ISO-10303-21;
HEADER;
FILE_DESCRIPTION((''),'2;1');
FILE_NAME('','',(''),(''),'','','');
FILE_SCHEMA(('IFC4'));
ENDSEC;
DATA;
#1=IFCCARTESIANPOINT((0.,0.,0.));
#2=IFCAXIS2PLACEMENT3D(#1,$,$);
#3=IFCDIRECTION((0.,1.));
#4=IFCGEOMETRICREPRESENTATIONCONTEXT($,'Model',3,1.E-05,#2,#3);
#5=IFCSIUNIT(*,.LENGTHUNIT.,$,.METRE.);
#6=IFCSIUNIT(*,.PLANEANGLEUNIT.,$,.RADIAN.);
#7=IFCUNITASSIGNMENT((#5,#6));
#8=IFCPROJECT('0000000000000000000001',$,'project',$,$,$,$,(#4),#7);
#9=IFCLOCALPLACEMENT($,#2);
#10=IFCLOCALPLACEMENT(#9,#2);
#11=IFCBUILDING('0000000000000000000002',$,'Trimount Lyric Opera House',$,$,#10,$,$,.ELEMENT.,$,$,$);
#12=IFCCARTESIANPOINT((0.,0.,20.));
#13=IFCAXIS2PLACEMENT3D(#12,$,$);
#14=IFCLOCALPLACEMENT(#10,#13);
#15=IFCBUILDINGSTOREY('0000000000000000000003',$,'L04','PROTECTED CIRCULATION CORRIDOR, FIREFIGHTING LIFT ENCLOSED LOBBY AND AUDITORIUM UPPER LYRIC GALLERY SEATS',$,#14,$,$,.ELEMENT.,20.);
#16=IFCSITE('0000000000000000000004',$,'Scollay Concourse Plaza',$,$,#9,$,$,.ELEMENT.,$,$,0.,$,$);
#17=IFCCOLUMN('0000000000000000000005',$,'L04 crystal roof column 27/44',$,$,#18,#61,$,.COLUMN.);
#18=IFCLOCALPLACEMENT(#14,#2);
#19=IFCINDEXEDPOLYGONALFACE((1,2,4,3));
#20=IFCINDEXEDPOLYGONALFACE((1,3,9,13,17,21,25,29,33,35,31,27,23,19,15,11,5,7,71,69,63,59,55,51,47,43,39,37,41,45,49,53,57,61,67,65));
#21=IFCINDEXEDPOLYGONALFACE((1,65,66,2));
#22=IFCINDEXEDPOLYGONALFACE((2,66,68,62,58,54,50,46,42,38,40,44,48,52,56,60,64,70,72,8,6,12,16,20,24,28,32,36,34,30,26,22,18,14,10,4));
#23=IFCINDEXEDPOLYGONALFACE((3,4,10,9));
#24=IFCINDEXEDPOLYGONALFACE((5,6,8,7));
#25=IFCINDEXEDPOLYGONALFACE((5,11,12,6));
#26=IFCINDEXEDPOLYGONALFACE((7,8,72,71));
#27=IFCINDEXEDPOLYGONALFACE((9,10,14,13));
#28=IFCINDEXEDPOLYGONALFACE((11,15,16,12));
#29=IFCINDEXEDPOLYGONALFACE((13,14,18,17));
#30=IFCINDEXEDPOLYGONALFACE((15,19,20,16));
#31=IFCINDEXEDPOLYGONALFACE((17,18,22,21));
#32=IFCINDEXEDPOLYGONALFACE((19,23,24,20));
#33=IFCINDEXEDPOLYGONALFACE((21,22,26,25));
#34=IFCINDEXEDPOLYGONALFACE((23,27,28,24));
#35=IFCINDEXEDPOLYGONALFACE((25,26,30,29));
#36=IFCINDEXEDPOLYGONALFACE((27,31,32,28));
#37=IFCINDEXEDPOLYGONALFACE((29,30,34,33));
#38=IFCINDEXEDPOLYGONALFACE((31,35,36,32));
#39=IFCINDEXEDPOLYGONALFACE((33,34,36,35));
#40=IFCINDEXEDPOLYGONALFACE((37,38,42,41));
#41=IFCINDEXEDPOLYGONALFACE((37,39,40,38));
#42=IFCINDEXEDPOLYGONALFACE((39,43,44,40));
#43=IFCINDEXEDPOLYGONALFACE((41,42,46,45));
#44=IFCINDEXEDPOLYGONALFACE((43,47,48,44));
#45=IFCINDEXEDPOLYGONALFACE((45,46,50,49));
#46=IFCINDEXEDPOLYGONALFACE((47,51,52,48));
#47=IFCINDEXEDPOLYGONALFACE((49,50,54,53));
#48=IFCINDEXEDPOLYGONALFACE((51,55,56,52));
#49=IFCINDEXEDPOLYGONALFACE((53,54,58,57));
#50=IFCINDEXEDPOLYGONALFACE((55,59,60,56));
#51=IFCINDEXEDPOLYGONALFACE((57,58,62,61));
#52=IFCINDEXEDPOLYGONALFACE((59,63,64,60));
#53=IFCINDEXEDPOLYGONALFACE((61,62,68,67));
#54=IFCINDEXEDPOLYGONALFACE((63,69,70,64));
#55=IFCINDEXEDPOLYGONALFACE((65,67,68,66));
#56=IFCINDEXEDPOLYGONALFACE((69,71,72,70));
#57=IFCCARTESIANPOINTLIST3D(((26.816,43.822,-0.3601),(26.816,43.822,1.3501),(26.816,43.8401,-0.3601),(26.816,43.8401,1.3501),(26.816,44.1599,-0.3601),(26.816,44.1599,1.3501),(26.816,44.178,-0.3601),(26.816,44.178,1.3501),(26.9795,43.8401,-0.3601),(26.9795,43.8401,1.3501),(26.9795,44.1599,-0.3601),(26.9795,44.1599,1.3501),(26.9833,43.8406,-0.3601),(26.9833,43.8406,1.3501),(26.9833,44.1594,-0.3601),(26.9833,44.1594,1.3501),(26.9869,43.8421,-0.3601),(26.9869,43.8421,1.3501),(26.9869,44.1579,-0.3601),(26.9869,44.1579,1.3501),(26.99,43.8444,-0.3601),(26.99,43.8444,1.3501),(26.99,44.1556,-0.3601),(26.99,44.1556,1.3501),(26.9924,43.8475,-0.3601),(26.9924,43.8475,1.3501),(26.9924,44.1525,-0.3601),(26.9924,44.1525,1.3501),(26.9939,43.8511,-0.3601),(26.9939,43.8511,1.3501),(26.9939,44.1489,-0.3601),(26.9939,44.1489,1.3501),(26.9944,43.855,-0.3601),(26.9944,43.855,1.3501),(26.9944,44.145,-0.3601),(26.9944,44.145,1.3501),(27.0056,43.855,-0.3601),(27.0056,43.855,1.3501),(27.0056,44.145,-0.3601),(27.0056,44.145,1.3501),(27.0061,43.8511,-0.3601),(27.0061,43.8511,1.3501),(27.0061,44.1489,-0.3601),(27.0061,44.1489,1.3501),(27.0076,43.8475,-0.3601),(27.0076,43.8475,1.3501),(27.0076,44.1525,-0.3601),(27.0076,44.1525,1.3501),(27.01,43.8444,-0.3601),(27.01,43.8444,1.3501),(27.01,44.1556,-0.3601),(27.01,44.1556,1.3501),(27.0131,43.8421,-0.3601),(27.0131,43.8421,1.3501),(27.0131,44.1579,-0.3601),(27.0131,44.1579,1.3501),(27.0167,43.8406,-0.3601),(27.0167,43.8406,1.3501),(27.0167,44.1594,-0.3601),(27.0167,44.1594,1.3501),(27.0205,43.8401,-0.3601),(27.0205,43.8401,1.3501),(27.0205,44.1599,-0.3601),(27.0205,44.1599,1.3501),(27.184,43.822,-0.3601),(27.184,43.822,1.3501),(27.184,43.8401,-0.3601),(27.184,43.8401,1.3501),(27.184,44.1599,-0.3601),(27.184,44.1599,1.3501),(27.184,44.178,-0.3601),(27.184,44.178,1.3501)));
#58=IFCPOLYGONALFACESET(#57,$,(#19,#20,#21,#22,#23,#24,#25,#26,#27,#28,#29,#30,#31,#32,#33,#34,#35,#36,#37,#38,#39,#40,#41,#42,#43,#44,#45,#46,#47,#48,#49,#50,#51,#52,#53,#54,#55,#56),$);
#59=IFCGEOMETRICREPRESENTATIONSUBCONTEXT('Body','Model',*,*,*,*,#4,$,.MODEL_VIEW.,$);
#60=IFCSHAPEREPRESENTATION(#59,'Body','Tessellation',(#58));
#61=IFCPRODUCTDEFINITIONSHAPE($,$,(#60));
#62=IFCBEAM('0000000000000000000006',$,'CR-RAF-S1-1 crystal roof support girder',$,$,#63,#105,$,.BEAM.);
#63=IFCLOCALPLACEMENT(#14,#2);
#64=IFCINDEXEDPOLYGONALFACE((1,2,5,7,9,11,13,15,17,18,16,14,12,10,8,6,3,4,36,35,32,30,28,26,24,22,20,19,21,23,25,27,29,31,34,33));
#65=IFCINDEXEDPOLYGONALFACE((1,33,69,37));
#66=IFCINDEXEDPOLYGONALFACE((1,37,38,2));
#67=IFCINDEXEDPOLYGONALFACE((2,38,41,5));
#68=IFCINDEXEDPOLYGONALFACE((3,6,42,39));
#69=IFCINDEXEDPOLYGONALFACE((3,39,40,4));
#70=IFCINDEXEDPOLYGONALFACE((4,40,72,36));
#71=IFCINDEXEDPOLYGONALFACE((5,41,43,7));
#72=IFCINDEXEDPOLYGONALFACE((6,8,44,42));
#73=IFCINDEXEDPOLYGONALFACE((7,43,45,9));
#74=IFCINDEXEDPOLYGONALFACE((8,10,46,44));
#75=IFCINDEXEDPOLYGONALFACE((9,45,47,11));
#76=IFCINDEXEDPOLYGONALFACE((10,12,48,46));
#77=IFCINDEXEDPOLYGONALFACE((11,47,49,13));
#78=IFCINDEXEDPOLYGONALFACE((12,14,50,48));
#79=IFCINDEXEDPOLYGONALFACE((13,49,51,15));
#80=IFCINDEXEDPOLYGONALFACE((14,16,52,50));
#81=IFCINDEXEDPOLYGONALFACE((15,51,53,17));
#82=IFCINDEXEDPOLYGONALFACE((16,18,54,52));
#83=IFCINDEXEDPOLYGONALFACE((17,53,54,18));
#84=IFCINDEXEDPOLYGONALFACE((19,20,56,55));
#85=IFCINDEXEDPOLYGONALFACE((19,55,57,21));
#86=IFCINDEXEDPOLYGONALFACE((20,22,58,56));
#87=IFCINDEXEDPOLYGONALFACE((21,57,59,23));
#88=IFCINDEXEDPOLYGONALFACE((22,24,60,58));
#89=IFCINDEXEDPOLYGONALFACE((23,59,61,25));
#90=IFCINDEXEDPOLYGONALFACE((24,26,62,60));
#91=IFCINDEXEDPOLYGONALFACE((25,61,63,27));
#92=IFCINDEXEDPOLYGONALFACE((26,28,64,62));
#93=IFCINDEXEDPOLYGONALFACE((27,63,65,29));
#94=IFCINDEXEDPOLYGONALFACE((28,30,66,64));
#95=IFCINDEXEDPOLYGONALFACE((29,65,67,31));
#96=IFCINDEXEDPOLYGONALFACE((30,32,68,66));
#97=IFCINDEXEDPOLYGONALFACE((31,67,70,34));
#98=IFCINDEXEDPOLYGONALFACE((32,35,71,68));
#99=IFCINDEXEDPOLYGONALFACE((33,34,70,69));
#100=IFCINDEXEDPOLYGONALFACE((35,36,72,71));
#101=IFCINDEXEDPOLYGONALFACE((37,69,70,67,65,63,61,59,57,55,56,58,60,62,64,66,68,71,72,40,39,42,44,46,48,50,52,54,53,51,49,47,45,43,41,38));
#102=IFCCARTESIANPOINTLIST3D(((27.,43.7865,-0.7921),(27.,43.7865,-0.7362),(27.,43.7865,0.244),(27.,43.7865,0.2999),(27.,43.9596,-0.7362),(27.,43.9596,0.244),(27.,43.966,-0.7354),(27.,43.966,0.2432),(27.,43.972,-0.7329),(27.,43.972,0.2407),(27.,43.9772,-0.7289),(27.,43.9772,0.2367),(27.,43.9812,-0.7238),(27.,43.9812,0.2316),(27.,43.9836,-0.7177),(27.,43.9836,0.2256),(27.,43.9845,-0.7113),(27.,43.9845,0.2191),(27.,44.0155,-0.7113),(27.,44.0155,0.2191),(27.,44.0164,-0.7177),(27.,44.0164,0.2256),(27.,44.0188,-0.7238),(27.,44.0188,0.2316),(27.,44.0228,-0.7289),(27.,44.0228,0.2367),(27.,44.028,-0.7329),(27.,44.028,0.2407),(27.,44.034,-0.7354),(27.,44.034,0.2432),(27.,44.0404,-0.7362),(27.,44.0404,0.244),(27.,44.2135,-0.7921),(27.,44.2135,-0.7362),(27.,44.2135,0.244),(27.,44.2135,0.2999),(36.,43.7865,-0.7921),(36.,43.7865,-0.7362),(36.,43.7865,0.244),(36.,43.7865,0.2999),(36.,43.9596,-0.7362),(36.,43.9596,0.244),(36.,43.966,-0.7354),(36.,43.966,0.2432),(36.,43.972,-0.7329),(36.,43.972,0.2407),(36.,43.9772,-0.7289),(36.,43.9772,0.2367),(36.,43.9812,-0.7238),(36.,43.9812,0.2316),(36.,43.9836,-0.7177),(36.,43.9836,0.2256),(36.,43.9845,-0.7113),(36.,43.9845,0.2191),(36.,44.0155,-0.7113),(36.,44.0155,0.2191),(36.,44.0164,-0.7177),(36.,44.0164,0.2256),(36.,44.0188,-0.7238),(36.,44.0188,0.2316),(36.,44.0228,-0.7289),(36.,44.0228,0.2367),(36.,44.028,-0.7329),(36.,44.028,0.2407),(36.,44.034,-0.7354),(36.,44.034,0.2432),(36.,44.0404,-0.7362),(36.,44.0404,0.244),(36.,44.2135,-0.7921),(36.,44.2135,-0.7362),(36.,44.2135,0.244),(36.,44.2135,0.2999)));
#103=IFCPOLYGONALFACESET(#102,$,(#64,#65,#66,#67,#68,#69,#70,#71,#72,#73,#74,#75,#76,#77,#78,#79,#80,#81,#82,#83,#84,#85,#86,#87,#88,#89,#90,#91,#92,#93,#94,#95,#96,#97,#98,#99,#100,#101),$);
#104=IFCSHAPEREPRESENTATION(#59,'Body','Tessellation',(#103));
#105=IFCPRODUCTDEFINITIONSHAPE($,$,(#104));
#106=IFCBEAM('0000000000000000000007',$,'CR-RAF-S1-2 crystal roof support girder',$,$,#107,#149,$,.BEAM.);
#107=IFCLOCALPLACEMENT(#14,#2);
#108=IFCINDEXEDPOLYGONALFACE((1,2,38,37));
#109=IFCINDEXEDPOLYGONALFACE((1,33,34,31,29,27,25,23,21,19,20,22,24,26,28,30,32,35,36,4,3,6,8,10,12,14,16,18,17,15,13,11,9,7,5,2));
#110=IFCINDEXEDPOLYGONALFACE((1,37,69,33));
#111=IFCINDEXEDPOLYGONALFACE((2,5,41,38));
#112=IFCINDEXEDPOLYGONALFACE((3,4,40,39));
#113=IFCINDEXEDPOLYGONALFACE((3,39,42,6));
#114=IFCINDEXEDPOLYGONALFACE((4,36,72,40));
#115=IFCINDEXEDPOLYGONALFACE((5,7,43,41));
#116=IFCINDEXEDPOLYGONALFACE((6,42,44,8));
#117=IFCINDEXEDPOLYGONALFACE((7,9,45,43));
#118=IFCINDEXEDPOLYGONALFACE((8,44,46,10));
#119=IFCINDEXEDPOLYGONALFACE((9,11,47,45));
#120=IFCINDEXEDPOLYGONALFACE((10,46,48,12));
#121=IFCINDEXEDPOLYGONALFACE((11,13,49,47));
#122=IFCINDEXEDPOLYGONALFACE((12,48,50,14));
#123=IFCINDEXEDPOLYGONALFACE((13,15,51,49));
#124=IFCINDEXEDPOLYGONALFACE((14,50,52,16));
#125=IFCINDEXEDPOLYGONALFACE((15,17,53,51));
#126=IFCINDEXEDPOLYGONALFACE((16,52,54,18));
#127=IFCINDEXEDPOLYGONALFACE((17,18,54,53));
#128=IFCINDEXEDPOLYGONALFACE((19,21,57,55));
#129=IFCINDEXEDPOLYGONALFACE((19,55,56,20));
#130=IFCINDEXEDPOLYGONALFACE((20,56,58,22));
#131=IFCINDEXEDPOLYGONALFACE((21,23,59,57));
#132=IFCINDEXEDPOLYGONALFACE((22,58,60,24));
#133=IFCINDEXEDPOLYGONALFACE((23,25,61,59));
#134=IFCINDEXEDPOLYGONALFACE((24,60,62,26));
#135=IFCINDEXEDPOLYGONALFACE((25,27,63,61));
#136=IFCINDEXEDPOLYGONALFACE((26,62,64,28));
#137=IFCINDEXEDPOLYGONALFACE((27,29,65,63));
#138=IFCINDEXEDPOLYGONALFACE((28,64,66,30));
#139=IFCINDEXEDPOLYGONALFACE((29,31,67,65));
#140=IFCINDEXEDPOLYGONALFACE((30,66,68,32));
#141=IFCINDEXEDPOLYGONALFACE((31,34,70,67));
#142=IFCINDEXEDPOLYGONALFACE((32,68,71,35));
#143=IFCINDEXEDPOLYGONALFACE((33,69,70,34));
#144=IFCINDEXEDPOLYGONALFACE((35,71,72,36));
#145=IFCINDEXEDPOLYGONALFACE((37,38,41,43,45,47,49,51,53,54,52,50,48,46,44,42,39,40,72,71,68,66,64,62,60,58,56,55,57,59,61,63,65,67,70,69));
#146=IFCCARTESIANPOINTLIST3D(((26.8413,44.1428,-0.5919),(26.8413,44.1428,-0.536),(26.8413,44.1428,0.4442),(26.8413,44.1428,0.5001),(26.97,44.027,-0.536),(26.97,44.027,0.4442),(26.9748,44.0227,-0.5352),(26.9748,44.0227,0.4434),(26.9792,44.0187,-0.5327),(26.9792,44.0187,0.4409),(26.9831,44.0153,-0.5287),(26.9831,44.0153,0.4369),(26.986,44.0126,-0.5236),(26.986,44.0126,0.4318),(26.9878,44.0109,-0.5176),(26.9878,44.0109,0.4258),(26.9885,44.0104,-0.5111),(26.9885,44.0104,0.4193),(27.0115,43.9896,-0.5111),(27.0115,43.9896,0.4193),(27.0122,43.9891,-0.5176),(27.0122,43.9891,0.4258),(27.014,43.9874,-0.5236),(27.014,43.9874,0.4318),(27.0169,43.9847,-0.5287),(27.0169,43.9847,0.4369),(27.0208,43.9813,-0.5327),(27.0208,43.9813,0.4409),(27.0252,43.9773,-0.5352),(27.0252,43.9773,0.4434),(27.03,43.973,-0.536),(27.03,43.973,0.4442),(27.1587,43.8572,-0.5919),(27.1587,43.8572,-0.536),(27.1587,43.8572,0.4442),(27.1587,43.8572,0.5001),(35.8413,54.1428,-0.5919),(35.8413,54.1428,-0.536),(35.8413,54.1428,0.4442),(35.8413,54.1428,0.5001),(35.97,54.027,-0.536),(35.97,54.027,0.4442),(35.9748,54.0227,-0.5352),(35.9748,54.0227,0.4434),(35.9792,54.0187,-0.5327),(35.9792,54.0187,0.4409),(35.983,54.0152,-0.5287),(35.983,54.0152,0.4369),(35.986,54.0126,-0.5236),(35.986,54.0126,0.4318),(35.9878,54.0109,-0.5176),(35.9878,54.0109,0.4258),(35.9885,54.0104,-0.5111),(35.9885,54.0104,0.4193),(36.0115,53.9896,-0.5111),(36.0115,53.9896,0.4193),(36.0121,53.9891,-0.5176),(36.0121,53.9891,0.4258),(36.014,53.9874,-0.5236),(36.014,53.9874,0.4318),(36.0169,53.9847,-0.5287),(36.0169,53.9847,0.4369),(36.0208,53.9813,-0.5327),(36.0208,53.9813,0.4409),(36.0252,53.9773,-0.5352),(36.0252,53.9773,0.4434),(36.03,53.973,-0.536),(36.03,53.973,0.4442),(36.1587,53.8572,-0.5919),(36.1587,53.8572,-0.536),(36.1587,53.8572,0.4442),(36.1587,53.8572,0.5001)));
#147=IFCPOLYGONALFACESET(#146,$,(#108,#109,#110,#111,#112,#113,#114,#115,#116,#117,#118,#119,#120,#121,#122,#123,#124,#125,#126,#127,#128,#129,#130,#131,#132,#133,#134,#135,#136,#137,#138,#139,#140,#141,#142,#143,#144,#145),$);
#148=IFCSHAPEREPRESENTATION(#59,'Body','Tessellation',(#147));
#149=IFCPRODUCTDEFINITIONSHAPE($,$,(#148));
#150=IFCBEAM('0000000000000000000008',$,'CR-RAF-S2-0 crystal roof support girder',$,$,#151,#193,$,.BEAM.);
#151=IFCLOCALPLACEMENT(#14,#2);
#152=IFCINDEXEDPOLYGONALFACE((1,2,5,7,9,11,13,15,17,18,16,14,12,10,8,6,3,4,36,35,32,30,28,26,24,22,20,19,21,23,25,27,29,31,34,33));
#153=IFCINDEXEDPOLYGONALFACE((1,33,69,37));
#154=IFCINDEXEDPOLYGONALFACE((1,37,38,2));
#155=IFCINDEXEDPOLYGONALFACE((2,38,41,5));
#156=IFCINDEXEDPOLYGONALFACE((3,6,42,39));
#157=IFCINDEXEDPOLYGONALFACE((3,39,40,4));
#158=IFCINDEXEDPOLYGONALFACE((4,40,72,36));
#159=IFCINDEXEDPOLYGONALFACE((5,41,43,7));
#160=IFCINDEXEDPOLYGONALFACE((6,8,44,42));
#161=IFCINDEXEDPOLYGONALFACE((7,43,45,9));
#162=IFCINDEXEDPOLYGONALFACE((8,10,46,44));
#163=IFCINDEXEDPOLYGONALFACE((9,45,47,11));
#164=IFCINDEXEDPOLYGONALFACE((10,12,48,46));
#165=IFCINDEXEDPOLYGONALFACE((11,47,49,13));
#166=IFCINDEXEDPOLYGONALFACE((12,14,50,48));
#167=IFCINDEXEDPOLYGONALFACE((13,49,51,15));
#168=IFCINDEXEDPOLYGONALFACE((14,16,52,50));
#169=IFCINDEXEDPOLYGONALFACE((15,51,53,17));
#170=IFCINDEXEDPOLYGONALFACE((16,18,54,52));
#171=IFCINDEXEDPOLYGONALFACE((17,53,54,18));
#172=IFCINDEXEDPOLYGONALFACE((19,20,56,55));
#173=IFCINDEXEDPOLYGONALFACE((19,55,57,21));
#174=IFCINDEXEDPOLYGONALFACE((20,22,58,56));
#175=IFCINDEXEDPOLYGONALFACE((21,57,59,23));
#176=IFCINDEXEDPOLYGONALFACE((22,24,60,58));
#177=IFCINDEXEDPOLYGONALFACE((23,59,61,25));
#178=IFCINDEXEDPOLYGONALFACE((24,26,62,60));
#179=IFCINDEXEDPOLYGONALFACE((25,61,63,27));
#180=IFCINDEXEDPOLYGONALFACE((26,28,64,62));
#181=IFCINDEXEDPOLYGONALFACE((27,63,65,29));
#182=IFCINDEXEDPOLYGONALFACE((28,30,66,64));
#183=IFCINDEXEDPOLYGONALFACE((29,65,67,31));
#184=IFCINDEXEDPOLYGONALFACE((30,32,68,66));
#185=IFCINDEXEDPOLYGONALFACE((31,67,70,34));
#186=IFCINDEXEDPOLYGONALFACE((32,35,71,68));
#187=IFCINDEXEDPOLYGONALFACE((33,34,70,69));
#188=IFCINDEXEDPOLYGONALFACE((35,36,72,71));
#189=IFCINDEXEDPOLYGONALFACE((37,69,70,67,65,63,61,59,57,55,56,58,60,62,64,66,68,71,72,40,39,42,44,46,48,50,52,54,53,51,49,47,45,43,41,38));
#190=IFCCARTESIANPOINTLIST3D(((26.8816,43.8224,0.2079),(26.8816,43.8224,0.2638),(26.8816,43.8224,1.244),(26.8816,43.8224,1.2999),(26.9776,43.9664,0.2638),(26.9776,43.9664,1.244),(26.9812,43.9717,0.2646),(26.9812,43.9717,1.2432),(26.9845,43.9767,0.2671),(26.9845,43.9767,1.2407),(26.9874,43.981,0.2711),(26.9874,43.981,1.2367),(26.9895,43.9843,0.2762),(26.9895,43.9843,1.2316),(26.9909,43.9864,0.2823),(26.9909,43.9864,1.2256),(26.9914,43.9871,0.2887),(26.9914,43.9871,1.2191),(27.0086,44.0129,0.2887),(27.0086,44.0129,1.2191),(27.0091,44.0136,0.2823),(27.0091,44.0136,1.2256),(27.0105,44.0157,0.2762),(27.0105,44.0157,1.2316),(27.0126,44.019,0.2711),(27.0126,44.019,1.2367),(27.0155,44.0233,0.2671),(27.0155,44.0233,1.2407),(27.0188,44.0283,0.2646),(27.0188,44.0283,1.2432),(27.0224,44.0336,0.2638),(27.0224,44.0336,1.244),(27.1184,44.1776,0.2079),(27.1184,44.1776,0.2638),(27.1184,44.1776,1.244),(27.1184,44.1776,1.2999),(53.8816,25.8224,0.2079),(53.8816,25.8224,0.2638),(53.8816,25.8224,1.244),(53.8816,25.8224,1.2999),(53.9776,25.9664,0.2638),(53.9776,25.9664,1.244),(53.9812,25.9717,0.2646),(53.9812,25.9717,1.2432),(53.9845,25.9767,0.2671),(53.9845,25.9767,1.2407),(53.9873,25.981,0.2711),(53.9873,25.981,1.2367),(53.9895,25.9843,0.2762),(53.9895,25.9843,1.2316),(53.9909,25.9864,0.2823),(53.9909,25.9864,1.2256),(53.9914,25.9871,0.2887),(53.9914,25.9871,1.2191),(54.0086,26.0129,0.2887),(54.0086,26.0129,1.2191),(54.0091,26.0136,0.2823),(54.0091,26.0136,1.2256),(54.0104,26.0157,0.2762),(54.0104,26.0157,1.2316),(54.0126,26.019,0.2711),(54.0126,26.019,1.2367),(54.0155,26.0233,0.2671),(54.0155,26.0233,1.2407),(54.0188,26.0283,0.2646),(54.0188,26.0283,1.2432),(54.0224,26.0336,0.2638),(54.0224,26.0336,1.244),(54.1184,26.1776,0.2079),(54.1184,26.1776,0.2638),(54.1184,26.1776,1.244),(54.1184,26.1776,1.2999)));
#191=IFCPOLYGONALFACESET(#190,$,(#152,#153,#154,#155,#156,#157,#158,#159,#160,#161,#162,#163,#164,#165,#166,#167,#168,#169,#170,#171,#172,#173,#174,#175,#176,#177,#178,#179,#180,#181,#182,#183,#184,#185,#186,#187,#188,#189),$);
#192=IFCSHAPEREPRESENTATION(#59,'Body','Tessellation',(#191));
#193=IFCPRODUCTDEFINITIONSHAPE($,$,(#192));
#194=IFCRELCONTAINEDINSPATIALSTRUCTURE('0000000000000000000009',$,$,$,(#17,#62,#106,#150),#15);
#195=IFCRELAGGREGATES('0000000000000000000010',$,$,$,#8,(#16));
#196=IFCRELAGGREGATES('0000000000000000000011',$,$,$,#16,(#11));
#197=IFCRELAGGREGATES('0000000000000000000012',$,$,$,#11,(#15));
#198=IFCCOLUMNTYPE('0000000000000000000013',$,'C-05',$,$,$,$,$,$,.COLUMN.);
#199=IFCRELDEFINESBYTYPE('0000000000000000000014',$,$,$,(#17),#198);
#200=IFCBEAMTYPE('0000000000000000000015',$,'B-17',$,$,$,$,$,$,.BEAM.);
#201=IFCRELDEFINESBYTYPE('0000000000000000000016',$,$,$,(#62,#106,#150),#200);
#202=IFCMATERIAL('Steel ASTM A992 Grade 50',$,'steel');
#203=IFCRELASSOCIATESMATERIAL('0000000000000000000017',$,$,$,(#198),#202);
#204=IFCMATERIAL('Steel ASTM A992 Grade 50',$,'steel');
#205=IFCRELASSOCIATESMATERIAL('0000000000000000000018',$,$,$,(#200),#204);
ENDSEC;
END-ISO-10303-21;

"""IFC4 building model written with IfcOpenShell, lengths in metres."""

from ifc_helpers import new_model, si_unit, direction, frame, origin, origin_2d, place, context, subcontext, project, spatial, i_section, extrude, material, material_profile, profile_set, type_object, element, save


model = new_model("IFC4")

# Units and contexts
model_context = context("Model", 3, precision=1e-05, world=origin(), true_north=direction((0.0, 1.0)))
body_context = subcontext(model_context, "Body", "Model", "MODEL_VIEW")
ifc_project = project(units=[si_unit("LENGTHUNIT", "METRE"), si_unit("PLANEANGLEUNIT", "RADIAN")], contexts=[model_context])

# Site, building, storey
site_placement = place(None, origin())
site = spatial("IfcSite", under=ifc_project, at=site_placement, Name="Scollay Concourse Plaza", CompositionType="ELEMENT", RefElevation=0.0)
building_placement = place(site_placement, origin())
building = spatial("IfcBuilding", under=site, at=building_placement, Name="Trimount Lyric Opera House", CompositionType="ELEMENT")
storey_placement = place(building_placement, frame((0.0, 0.0, 20.0)))
storey = spatial("IfcBuildingStorey", under=building, at=storey_placement, Name="L04", Description="PROTECTED CIRCULATION CORRIDOR, FIREFIGHTING LIFT ENCLOSED LOBBY AND AUDITORIUM UPPER LYRIC GALLERY SEATS", CompositionType="ELEMENT", Elevation=20.0)

# Column
ifc_material_1 = material(Name="Steel ASTM A992 Grade 50", Category="steel")
ifc_material_profile_1 = material_profile(ifc_material_1, i_section(OverallWidth=0.3679, OverallDepth=0.356, WebThickness=0.0112, FlangeThickness=0.0181, FilletRadius=0.0149, at=origin_2d()), Name="W14X90")
ifc_profile_set_1 = profile_set([ifc_material_profile_1], Name="Steel ASTM A992 Grade 50")
column_type = type_object("IfcColumnType", Name="C-05", PredefinedType="COLUMN", material=ifc_profile_set_1)
column_placement = place(storey_placement, frame((27.0, 44.0, -0.3601), z_axis=(0.0, 0.0, 1.0), x_axis=(1.0, 0.0, 0.0)))
element("IfcColumn", 1, at=column_placement, inside=storey, type_object=column_type, Name="L04 crystal roof column 27/44", PredefinedType="COLUMN", context=body_context, shape_type="SweptSolid", body=[
    extrude(i_section(OverallWidth=0.3679, OverallDepth=0.356, WebThickness=0.0112, FlangeThickness=0.0181, FilletRadius=0.0149, at=origin_2d()), origin(), (0.0, 0.0, 1.0), 1.7102),
])

# Beams
ifc_material_2 = material(Name="Steel ASTM A992 Grade 50", Category="steel")
ifc_material_profile_2 = material_profile(ifc_material_2, i_section(OverallWidth=0.427, OverallDepth=1.092, WebThickness=0.031, FlangeThickness=0.0559, FilletRadius=0.0249, at=origin_2d()), Name="W40X397")
ifc_profile_set_2 = profile_set([ifc_material_profile_2], Name="Steel ASTM A992 Grade 50")
beam_type = type_object("IfcBeamType", Name="B-17", PredefinedType="BEAM", material=ifc_profile_set_2)
beam_1_placement = place(storey_placement, frame((27.0, 44.0, -0.2461), z_axis=(1.0, 0.0, 0.0), x_axis=(0.0, 1.0, 0.0)))
element("IfcBeam", 2, at=beam_1_placement, inside=storey, type_object=beam_type, Name="CR-RAF-S1-1 crystal roof support girder", PredefinedType="BEAM", context=body_context, shape_type="SweptSolid", body=[
    extrude(i_section(OverallWidth=0.427, OverallDepth=1.092, WebThickness=0.031, FlangeThickness=0.0559, FilletRadius=0.0249, at=origin_2d()), origin(), (0.0, 0.0, 1.0), 9.0),
])
beam_2_placement = place(storey_placement, frame((27.0, 44.0, -0.0459), z_axis=(0.668965, 0.743294, 0.0), x_axis=(-0.743294, 0.668965, 0.0)))
element("IfcBeam", 3, at=beam_2_placement, inside=storey, type_object=beam_type, Name="CR-RAF-S1-2 crystal roof support girder", PredefinedType="BEAM", context=body_context, shape_type="SweptSolid", body=[
    extrude(i_section(OverallWidth=0.427, OverallDepth=1.092, WebThickness=0.031, FlangeThickness=0.0559, FilletRadius=0.0249, at=origin_2d()), origin(), (0.0, 0.0, 1.0), 13.4536),
])
beam_3_placement = place(storey_placement, frame((27.0, 44.0, 0.7539), z_axis=(0.83205, -0.5547, 0.0), x_axis=(0.5547, 0.83205, 0.0)))
element("IfcBeam", 4, at=beam_3_placement, inside=storey, type_object=beam_type, Name="CR-RAF-S2-0 crystal roof support girder", PredefinedType="BEAM", context=body_context, shape_type="SweptSolid", body=[
    extrude(i_section(OverallWidth=0.427, OverallDepth=1.092, WebThickness=0.031, FlangeThickness=0.0559, FilletRadius=0.0249, at=origin_2d()), origin(), (0.0, 0.0, 1.0), 32.45),
])

save(model, "model.ifc")
